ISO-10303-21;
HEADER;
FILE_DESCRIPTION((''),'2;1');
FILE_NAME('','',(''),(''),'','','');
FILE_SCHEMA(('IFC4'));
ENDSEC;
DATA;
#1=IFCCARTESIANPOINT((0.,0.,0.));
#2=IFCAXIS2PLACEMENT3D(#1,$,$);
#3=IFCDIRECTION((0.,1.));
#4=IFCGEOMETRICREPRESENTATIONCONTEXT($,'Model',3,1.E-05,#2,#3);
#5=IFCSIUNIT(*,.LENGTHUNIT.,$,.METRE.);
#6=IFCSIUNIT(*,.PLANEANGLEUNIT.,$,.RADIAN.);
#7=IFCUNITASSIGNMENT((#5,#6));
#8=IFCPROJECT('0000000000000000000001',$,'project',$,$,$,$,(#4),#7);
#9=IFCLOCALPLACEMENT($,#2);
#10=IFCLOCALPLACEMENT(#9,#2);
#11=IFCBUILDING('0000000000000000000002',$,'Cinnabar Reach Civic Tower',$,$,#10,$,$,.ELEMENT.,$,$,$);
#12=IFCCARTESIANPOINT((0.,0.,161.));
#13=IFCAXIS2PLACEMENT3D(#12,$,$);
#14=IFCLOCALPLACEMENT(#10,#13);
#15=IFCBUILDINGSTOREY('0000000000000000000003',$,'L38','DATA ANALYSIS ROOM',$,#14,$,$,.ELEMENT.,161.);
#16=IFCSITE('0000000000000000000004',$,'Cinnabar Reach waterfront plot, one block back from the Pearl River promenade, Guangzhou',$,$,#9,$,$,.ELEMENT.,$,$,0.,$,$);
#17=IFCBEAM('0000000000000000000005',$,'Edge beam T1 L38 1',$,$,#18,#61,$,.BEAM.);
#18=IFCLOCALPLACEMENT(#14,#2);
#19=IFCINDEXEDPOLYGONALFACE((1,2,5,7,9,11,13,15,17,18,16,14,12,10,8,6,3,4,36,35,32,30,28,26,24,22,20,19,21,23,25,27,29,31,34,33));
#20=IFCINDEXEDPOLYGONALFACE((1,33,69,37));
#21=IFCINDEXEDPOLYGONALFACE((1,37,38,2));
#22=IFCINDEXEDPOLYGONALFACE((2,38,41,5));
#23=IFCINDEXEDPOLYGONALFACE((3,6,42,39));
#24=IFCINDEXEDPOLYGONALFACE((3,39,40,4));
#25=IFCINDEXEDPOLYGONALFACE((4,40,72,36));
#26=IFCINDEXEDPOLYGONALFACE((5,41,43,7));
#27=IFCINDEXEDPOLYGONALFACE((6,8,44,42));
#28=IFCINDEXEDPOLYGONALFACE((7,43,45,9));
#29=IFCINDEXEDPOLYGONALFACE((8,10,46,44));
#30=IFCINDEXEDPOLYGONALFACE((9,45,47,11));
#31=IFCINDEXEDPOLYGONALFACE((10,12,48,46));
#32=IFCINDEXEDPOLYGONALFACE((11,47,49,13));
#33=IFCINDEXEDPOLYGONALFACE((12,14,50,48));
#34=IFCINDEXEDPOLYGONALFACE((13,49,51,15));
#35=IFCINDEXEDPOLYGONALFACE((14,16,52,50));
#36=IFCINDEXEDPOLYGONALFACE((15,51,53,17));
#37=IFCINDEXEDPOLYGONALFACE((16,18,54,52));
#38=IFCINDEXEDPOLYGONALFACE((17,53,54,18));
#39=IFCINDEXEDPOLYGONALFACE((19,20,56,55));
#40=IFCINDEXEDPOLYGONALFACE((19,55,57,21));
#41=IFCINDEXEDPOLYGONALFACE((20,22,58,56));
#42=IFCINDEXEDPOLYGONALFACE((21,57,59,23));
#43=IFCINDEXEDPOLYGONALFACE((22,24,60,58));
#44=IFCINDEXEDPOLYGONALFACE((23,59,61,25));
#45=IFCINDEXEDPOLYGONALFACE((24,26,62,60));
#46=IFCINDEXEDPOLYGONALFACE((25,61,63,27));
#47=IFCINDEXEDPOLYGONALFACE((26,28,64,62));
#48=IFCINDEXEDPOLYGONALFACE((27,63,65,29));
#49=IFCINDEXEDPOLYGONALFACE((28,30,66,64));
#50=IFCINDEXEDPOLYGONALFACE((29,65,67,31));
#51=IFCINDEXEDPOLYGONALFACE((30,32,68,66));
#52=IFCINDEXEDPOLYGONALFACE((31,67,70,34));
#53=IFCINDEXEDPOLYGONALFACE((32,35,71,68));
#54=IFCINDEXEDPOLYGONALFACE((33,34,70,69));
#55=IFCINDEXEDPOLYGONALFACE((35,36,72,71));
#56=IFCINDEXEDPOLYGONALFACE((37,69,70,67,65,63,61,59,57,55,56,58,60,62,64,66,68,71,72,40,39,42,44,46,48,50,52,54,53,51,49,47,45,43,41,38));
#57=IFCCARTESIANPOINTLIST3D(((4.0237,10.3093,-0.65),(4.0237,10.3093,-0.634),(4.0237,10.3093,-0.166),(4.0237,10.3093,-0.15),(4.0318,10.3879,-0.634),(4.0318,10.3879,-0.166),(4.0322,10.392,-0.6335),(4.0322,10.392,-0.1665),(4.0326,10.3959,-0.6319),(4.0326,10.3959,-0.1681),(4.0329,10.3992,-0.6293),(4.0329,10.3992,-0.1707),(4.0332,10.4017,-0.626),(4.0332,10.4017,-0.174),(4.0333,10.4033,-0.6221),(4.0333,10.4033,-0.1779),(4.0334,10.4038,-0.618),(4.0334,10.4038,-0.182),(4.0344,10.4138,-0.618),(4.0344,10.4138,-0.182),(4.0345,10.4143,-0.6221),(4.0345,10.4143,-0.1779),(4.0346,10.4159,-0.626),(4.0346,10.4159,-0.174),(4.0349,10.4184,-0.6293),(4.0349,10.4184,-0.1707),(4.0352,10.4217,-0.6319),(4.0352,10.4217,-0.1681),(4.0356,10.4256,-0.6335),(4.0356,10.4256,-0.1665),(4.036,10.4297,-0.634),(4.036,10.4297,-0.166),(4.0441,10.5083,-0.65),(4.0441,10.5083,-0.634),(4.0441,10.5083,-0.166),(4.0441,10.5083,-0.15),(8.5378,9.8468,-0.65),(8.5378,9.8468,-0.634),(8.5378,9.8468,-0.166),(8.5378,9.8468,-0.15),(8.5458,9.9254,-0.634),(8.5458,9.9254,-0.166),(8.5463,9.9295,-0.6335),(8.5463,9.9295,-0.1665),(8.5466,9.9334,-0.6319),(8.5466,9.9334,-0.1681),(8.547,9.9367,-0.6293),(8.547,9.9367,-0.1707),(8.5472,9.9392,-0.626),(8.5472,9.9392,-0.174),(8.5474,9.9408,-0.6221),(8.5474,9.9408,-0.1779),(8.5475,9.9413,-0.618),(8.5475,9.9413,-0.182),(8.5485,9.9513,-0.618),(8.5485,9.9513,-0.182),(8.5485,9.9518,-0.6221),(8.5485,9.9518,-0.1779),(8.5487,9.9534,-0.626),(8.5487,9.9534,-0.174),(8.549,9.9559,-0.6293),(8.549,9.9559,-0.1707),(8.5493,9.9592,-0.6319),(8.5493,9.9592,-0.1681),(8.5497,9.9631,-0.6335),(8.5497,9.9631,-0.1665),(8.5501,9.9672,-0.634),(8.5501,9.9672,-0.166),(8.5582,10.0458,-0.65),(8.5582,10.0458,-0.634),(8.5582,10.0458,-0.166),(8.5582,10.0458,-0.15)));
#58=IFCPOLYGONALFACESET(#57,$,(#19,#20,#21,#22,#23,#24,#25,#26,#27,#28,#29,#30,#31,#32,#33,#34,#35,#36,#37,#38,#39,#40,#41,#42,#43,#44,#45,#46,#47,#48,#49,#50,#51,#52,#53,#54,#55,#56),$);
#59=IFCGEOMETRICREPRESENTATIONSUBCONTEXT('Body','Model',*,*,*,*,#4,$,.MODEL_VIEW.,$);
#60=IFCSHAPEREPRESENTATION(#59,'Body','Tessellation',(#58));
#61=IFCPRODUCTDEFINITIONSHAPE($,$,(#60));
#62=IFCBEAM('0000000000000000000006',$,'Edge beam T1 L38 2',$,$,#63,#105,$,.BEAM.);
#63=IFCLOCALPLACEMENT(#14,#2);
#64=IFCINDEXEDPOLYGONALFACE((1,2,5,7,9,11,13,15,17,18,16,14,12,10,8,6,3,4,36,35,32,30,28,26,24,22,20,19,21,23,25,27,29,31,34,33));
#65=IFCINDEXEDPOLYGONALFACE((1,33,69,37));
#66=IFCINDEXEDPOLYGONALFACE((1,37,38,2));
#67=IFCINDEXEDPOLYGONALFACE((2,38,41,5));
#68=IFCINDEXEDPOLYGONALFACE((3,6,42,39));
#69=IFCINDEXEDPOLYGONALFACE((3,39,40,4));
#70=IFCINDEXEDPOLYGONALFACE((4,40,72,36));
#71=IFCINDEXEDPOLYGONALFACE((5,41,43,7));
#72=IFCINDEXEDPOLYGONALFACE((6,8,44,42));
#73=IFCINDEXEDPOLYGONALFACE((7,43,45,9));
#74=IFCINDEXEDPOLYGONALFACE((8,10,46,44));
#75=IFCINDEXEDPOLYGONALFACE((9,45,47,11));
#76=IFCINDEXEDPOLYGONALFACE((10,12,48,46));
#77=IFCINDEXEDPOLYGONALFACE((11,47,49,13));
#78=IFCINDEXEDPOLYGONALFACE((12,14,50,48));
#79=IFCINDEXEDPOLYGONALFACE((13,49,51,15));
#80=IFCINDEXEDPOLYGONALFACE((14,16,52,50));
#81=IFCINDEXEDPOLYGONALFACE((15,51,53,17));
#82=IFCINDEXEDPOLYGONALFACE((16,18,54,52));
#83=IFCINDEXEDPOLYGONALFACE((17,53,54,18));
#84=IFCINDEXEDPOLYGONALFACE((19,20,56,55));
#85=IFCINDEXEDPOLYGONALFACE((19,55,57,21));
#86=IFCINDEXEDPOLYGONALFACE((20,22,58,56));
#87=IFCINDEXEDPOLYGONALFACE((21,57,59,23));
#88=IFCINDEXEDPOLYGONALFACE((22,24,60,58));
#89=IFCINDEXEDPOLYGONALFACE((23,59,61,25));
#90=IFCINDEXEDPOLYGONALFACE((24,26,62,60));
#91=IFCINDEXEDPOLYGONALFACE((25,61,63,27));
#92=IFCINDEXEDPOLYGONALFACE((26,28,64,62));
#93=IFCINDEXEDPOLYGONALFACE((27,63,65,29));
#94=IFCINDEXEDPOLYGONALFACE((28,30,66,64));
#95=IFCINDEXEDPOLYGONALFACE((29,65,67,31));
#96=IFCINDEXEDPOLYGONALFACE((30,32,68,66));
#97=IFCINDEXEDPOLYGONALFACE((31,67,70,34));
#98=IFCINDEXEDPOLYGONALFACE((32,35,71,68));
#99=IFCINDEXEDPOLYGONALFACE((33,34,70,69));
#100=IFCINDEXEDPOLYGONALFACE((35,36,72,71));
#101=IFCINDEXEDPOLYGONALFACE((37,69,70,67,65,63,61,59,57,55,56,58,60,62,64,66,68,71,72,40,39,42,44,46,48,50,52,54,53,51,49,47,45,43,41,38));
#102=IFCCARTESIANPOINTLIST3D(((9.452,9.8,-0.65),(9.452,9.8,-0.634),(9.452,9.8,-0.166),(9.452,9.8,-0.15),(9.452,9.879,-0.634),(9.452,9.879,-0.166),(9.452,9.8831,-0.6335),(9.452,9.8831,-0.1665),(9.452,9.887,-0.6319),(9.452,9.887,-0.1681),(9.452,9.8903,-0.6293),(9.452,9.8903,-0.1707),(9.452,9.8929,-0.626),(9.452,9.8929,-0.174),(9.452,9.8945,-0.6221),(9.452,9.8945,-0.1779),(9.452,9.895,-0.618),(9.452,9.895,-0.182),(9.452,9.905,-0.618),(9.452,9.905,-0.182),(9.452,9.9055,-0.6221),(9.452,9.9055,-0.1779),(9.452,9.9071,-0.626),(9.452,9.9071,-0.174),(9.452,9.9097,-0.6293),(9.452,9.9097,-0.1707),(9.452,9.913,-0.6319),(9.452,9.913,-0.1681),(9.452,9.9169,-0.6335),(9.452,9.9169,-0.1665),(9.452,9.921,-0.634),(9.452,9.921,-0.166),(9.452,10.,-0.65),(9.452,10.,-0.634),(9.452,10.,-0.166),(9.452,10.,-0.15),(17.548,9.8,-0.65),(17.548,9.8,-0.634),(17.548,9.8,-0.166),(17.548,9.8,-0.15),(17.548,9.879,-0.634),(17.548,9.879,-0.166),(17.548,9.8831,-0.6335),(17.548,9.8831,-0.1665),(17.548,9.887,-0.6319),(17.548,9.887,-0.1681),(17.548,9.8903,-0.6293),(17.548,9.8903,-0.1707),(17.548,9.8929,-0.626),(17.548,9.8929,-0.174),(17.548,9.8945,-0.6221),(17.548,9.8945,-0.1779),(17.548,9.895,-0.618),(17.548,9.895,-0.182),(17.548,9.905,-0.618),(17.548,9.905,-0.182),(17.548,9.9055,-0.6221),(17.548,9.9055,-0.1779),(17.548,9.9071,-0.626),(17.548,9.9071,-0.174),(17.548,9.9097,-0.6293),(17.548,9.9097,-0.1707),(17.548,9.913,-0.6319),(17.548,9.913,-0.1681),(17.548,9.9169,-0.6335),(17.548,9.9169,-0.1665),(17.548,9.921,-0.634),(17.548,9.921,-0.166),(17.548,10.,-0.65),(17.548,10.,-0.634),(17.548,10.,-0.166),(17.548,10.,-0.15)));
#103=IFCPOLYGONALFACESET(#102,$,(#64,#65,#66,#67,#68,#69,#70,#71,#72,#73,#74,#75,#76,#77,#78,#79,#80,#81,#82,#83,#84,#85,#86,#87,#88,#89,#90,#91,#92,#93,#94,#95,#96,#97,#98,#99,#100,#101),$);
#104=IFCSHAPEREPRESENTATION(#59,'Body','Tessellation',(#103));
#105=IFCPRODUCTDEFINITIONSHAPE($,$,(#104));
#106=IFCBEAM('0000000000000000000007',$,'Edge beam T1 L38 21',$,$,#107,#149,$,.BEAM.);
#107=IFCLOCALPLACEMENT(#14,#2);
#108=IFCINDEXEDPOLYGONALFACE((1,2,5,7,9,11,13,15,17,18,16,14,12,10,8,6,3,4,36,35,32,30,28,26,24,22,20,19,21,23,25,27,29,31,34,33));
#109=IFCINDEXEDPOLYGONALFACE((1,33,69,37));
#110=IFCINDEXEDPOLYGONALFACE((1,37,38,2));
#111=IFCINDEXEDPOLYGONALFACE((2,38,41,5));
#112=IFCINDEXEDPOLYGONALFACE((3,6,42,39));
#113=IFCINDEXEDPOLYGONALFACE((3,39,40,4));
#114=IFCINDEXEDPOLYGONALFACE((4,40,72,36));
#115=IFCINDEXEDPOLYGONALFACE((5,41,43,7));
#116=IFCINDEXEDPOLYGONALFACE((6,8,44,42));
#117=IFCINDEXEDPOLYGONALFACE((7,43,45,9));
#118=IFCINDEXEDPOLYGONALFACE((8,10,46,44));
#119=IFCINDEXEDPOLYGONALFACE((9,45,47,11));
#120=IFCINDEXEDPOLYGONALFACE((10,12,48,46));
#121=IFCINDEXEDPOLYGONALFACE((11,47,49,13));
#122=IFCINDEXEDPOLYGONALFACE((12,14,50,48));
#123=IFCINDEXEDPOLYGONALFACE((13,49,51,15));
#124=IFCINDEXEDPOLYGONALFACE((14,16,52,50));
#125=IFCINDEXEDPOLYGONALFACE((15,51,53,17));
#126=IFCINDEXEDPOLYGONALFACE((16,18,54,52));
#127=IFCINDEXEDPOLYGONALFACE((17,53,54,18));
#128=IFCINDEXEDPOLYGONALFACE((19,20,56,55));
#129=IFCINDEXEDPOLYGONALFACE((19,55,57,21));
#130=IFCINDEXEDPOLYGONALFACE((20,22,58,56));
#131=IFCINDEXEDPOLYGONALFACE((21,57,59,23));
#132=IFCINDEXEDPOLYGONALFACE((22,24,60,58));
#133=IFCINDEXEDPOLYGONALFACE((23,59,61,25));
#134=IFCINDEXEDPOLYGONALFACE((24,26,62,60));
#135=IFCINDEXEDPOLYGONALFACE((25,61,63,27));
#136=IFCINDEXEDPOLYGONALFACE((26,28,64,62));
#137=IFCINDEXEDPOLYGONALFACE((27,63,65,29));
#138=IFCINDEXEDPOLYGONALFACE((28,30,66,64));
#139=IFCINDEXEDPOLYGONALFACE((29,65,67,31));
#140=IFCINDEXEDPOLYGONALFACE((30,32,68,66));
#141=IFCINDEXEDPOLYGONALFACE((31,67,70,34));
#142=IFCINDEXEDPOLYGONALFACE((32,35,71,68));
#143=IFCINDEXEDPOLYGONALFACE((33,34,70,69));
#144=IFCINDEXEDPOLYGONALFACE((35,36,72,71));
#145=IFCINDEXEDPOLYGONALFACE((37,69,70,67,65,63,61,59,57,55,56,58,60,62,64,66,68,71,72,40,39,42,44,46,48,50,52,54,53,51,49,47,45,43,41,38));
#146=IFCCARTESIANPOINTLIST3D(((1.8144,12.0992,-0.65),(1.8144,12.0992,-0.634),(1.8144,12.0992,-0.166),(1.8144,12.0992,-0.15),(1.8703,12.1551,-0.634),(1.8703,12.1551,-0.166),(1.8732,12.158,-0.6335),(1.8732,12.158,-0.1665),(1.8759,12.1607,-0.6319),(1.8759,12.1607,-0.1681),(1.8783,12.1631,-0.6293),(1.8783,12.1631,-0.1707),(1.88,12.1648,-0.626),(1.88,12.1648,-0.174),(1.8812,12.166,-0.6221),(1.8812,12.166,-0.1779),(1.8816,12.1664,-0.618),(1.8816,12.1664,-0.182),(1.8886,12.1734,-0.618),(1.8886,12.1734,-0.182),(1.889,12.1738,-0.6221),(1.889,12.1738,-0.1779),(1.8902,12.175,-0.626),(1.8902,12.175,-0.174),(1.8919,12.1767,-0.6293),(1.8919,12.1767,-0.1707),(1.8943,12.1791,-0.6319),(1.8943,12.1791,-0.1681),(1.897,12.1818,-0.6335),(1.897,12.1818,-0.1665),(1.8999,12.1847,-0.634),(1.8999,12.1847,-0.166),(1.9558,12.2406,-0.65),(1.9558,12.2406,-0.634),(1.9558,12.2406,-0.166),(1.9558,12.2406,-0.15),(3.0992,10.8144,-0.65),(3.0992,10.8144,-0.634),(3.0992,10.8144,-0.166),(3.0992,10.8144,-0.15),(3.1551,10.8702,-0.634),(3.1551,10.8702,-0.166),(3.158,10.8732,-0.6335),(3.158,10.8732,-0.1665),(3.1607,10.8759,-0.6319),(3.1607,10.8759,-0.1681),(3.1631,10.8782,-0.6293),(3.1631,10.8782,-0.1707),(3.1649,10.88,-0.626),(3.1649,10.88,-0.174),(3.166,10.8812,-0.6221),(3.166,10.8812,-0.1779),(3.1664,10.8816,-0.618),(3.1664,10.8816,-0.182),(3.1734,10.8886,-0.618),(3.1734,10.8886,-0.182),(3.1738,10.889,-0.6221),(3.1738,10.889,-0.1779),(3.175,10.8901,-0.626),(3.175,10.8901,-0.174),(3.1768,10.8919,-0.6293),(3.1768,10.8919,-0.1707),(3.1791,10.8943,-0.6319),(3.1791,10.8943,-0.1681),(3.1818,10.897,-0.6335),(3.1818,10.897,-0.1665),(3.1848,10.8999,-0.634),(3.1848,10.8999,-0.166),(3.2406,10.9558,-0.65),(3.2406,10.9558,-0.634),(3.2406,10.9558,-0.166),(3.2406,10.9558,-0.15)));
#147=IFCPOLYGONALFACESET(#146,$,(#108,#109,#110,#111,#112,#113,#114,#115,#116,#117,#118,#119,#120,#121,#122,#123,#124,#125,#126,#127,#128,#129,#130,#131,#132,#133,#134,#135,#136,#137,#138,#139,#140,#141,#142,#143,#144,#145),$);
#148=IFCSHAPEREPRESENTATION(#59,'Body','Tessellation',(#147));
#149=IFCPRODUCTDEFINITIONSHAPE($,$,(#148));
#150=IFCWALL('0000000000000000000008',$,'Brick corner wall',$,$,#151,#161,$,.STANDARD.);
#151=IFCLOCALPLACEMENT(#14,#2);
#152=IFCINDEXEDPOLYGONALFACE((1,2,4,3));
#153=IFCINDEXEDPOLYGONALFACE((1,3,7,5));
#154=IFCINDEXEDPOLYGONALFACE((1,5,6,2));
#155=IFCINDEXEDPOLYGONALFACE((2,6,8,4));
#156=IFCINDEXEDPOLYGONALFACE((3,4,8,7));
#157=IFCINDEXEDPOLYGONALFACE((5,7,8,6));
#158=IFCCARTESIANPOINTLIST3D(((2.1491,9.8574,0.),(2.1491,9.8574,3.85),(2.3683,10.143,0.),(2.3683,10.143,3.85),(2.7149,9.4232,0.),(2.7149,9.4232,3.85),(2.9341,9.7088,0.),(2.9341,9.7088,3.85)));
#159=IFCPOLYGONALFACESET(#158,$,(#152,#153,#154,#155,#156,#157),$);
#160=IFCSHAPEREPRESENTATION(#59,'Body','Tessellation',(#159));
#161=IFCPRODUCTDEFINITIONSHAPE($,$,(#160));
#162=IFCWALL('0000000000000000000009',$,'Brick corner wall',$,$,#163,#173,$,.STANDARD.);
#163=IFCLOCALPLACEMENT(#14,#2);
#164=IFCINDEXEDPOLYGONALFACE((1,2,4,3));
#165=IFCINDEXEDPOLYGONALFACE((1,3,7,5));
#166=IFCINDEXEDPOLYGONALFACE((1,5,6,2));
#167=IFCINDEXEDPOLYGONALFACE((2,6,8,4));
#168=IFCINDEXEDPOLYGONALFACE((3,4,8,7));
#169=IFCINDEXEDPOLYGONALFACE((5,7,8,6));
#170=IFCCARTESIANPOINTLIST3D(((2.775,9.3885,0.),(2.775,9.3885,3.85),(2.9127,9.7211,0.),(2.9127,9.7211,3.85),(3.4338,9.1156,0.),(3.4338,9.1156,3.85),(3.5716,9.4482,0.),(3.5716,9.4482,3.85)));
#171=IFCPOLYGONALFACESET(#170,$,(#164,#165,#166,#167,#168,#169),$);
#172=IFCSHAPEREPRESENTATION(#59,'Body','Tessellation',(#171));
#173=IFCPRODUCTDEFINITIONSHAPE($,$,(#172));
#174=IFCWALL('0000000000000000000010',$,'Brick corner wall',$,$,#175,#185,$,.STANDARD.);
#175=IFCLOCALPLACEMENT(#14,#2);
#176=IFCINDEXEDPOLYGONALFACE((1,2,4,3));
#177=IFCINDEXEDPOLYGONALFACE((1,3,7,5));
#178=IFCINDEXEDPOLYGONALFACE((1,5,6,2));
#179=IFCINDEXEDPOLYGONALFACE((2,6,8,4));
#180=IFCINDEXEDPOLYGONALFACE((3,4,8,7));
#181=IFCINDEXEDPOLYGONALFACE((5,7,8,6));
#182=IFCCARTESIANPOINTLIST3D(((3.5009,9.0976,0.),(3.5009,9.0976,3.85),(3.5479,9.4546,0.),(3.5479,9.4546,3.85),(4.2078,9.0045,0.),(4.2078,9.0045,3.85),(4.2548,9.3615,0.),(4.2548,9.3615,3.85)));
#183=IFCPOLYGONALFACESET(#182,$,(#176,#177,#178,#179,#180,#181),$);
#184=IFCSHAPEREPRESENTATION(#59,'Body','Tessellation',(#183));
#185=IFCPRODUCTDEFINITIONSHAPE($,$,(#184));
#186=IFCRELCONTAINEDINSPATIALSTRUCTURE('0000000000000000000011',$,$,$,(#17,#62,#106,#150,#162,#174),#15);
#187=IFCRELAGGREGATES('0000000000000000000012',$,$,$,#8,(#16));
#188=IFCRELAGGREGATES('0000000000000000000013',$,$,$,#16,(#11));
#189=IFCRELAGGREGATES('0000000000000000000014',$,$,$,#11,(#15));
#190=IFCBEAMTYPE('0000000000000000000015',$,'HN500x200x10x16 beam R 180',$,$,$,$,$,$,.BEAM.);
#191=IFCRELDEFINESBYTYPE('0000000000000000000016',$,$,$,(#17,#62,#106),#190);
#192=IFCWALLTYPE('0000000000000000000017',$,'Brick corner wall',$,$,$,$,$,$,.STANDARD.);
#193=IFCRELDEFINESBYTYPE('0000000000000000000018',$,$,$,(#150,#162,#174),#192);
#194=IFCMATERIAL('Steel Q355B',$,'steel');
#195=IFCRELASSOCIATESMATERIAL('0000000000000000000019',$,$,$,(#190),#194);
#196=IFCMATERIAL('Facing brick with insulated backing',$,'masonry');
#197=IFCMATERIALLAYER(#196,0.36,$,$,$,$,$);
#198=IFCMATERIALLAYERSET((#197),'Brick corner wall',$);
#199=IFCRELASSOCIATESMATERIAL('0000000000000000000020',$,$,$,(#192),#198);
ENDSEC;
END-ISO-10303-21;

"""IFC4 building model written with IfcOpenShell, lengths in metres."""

from ifc_helpers import new_model, si_unit, direction, frame, frame_2d, origin, origin_2d, place, context, subcontext, project, spatial, rectangle, i_section, extrude, material, layer, layer_set, material_profile, profile_set, type_object, element, save


model = new_model("IFC4")

# Units and contexts
model_context = context("Model", 3, precision=1e-05, world=origin(), true_north=direction((0.0, 1.0)))
body_context = subcontext(model_context, "Body", "Model", "MODEL_VIEW")
ifc_project = project(units=[si_unit("LENGTHUNIT", "METRE"), si_unit("PLANEANGLEUNIT", "RADIAN")], contexts=[model_context])

# Site, building, storey
site_placement = place(None, origin())
site = spatial("IfcSite", under=ifc_project, at=site_placement, Name="Cinnabar Reach waterfront plot, one block back from the Pearl River promenade, Guangzhou", CompositionType="ELEMENT", RefElevation=0.0)
building_placement = place(site_placement, origin())
building = spatial("IfcBuilding", under=site, at=building_placement, Name="Cinnabar Reach Civic Tower", CompositionType="ELEMENT")
storey_placement = place(building_placement, frame((0.0, 0.0, 161.0)))
storey = spatial("IfcBuildingStorey", under=building, at=storey_placement, Name="L38", Description="DATA ANALYSIS ROOM", CompositionType="ELEMENT", Elevation=161.0)

# Beams
ifc_material_1 = material(Name="Steel Q355B", Category="steel")
ifc_material_profile_1 = material_profile(ifc_material_1, i_section(OverallWidth=0.2, OverallDepth=0.5, WebThickness=0.01, FlangeThickness=0.016, FilletRadius=0.016, at=origin_2d()), Name="HN500x200x10x16")
ifc_profile_set_1 = profile_set([ifc_material_profile_1], Name="Steel Q355B")
beam_type_1 = type_object("IfcBeamType", Name="HN500x200x10x16 beam R 180", PredefinedType="BEAM", material=ifc_profile_set_1)
beam_1_placement = place(storey_placement, frame((4.0339, 10.4088, -0.4), z_axis=(0.994792, -0.101923, 0.0), x_axis=(0.101923, 0.994792, 0.0)))
element("IfcBeam", 1, at=beam_1_placement, inside=storey, type_object=beam_type_1, Name="Edge beam T1 L38 1", PredefinedType="BEAM", context=body_context, shape_type="SweptSolid", body=[
    extrude(i_section(OverallWidth=0.2, OverallDepth=0.5, WebThickness=0.01, FlangeThickness=0.016, FilletRadius=0.016, at=origin_2d()), origin(), (0.0, 0.0, 1.0), 4.5377),
])
beam_2_placement = place(storey_placement, frame((9.452, 9.9, -0.4), z_axis=(1.0, 0.0, 0.0), x_axis=(0.0, 1.0, 0.0)))
element("IfcBeam", 2, at=beam_2_placement, inside=storey, type_object=beam_type_1, Name="Edge beam T1 L38 2", PredefinedType="BEAM", context=body_context, shape_type="SweptSolid", body=[
    extrude(i_section(OverallWidth=0.2, OverallDepth=0.5, WebThickness=0.01, FlangeThickness=0.016, FilletRadius=0.016, at=origin_2d()), origin(), (0.0, 0.0, 1.0), 8.096),
])
beam_3_placement = place(storey_placement, frame((1.8851, 12.1699, -0.4), z_axis=(0.707107, -0.707107, 0.0), x_axis=(0.707107, 0.707107, 0.0)))
element("IfcBeam", 3, at=beam_3_placement, inside=storey, type_object=beam_type_1, Name="Edge beam T1 L38 21", PredefinedType="BEAM", context=body_context, shape_type="SweptSolid", body=[
    extrude(i_section(OverallWidth=0.2, OverallDepth=0.5, WebThickness=0.01, FlangeThickness=0.016, FilletRadius=0.016, at=origin_2d()), origin(), (0.0, 0.0, 1.0), 1.817),
])

# Walls
ifc_material_2 = material(Name="Facing brick with insulated backing", Category="masonry")
ifc_layer_1 = layer(ifc_material_2, 0.36)
ifc_layer_set_1 = layer_set([ifc_layer_1], Name="Brick corner wall")
wall_type_1 = type_object("IfcWallType", Name="Brick corner wall", PredefinedType="STANDARD", material=ifc_layer_set_1)
wall_1_placement = place(storey_placement, frame((2.2587, 10.0002, 0.0), z_axis=(0.0, 0.0, 1.0), x_axis=(0.793322, -0.608802, 0.0)))
element("IfcWall", 4, at=wall_1_placement, inside=storey, type_object=wall_type_1, Name="Brick corner wall", PredefinedType="STANDARD", context=body_context, shape_type="SweptSolid", body=[
    extrude(rectangle(XDim=0.7132, YDim=0.36, at=frame_2d((0.3566, 0.0))), origin(), (0.0, 0.0, 1.0), 3.85),
])
for number, where, z_axis, x_axis, name in (
    (5, (2.8439, 9.5548, 0.0), (0.0, 0.0, 1.0), (0.923872, -0.382703, 0.0), "Brick corner wall"),
    (6, (3.5244, 9.2761, 0.0), (0.0, 0.0, 1.0), (0.991441, -0.130556, 0.0), "Brick corner wall"),
):
    element("IfcWall", number, at=place(storey_placement, frame(where, z_axis=z_axis, x_axis=x_axis)), inside=storey, type_object=wall_type_1, Name=name, PredefinedType="STANDARD", context=body_context, shape_type="SweptSolid", body=[
        extrude(rectangle(XDim=0.7131, YDim=0.36, at=frame_2d((0.3565, 0.0))), origin(), (0.0, 0.0, 1.0), 3.85),
    ])

save(model, "model.ifc")
